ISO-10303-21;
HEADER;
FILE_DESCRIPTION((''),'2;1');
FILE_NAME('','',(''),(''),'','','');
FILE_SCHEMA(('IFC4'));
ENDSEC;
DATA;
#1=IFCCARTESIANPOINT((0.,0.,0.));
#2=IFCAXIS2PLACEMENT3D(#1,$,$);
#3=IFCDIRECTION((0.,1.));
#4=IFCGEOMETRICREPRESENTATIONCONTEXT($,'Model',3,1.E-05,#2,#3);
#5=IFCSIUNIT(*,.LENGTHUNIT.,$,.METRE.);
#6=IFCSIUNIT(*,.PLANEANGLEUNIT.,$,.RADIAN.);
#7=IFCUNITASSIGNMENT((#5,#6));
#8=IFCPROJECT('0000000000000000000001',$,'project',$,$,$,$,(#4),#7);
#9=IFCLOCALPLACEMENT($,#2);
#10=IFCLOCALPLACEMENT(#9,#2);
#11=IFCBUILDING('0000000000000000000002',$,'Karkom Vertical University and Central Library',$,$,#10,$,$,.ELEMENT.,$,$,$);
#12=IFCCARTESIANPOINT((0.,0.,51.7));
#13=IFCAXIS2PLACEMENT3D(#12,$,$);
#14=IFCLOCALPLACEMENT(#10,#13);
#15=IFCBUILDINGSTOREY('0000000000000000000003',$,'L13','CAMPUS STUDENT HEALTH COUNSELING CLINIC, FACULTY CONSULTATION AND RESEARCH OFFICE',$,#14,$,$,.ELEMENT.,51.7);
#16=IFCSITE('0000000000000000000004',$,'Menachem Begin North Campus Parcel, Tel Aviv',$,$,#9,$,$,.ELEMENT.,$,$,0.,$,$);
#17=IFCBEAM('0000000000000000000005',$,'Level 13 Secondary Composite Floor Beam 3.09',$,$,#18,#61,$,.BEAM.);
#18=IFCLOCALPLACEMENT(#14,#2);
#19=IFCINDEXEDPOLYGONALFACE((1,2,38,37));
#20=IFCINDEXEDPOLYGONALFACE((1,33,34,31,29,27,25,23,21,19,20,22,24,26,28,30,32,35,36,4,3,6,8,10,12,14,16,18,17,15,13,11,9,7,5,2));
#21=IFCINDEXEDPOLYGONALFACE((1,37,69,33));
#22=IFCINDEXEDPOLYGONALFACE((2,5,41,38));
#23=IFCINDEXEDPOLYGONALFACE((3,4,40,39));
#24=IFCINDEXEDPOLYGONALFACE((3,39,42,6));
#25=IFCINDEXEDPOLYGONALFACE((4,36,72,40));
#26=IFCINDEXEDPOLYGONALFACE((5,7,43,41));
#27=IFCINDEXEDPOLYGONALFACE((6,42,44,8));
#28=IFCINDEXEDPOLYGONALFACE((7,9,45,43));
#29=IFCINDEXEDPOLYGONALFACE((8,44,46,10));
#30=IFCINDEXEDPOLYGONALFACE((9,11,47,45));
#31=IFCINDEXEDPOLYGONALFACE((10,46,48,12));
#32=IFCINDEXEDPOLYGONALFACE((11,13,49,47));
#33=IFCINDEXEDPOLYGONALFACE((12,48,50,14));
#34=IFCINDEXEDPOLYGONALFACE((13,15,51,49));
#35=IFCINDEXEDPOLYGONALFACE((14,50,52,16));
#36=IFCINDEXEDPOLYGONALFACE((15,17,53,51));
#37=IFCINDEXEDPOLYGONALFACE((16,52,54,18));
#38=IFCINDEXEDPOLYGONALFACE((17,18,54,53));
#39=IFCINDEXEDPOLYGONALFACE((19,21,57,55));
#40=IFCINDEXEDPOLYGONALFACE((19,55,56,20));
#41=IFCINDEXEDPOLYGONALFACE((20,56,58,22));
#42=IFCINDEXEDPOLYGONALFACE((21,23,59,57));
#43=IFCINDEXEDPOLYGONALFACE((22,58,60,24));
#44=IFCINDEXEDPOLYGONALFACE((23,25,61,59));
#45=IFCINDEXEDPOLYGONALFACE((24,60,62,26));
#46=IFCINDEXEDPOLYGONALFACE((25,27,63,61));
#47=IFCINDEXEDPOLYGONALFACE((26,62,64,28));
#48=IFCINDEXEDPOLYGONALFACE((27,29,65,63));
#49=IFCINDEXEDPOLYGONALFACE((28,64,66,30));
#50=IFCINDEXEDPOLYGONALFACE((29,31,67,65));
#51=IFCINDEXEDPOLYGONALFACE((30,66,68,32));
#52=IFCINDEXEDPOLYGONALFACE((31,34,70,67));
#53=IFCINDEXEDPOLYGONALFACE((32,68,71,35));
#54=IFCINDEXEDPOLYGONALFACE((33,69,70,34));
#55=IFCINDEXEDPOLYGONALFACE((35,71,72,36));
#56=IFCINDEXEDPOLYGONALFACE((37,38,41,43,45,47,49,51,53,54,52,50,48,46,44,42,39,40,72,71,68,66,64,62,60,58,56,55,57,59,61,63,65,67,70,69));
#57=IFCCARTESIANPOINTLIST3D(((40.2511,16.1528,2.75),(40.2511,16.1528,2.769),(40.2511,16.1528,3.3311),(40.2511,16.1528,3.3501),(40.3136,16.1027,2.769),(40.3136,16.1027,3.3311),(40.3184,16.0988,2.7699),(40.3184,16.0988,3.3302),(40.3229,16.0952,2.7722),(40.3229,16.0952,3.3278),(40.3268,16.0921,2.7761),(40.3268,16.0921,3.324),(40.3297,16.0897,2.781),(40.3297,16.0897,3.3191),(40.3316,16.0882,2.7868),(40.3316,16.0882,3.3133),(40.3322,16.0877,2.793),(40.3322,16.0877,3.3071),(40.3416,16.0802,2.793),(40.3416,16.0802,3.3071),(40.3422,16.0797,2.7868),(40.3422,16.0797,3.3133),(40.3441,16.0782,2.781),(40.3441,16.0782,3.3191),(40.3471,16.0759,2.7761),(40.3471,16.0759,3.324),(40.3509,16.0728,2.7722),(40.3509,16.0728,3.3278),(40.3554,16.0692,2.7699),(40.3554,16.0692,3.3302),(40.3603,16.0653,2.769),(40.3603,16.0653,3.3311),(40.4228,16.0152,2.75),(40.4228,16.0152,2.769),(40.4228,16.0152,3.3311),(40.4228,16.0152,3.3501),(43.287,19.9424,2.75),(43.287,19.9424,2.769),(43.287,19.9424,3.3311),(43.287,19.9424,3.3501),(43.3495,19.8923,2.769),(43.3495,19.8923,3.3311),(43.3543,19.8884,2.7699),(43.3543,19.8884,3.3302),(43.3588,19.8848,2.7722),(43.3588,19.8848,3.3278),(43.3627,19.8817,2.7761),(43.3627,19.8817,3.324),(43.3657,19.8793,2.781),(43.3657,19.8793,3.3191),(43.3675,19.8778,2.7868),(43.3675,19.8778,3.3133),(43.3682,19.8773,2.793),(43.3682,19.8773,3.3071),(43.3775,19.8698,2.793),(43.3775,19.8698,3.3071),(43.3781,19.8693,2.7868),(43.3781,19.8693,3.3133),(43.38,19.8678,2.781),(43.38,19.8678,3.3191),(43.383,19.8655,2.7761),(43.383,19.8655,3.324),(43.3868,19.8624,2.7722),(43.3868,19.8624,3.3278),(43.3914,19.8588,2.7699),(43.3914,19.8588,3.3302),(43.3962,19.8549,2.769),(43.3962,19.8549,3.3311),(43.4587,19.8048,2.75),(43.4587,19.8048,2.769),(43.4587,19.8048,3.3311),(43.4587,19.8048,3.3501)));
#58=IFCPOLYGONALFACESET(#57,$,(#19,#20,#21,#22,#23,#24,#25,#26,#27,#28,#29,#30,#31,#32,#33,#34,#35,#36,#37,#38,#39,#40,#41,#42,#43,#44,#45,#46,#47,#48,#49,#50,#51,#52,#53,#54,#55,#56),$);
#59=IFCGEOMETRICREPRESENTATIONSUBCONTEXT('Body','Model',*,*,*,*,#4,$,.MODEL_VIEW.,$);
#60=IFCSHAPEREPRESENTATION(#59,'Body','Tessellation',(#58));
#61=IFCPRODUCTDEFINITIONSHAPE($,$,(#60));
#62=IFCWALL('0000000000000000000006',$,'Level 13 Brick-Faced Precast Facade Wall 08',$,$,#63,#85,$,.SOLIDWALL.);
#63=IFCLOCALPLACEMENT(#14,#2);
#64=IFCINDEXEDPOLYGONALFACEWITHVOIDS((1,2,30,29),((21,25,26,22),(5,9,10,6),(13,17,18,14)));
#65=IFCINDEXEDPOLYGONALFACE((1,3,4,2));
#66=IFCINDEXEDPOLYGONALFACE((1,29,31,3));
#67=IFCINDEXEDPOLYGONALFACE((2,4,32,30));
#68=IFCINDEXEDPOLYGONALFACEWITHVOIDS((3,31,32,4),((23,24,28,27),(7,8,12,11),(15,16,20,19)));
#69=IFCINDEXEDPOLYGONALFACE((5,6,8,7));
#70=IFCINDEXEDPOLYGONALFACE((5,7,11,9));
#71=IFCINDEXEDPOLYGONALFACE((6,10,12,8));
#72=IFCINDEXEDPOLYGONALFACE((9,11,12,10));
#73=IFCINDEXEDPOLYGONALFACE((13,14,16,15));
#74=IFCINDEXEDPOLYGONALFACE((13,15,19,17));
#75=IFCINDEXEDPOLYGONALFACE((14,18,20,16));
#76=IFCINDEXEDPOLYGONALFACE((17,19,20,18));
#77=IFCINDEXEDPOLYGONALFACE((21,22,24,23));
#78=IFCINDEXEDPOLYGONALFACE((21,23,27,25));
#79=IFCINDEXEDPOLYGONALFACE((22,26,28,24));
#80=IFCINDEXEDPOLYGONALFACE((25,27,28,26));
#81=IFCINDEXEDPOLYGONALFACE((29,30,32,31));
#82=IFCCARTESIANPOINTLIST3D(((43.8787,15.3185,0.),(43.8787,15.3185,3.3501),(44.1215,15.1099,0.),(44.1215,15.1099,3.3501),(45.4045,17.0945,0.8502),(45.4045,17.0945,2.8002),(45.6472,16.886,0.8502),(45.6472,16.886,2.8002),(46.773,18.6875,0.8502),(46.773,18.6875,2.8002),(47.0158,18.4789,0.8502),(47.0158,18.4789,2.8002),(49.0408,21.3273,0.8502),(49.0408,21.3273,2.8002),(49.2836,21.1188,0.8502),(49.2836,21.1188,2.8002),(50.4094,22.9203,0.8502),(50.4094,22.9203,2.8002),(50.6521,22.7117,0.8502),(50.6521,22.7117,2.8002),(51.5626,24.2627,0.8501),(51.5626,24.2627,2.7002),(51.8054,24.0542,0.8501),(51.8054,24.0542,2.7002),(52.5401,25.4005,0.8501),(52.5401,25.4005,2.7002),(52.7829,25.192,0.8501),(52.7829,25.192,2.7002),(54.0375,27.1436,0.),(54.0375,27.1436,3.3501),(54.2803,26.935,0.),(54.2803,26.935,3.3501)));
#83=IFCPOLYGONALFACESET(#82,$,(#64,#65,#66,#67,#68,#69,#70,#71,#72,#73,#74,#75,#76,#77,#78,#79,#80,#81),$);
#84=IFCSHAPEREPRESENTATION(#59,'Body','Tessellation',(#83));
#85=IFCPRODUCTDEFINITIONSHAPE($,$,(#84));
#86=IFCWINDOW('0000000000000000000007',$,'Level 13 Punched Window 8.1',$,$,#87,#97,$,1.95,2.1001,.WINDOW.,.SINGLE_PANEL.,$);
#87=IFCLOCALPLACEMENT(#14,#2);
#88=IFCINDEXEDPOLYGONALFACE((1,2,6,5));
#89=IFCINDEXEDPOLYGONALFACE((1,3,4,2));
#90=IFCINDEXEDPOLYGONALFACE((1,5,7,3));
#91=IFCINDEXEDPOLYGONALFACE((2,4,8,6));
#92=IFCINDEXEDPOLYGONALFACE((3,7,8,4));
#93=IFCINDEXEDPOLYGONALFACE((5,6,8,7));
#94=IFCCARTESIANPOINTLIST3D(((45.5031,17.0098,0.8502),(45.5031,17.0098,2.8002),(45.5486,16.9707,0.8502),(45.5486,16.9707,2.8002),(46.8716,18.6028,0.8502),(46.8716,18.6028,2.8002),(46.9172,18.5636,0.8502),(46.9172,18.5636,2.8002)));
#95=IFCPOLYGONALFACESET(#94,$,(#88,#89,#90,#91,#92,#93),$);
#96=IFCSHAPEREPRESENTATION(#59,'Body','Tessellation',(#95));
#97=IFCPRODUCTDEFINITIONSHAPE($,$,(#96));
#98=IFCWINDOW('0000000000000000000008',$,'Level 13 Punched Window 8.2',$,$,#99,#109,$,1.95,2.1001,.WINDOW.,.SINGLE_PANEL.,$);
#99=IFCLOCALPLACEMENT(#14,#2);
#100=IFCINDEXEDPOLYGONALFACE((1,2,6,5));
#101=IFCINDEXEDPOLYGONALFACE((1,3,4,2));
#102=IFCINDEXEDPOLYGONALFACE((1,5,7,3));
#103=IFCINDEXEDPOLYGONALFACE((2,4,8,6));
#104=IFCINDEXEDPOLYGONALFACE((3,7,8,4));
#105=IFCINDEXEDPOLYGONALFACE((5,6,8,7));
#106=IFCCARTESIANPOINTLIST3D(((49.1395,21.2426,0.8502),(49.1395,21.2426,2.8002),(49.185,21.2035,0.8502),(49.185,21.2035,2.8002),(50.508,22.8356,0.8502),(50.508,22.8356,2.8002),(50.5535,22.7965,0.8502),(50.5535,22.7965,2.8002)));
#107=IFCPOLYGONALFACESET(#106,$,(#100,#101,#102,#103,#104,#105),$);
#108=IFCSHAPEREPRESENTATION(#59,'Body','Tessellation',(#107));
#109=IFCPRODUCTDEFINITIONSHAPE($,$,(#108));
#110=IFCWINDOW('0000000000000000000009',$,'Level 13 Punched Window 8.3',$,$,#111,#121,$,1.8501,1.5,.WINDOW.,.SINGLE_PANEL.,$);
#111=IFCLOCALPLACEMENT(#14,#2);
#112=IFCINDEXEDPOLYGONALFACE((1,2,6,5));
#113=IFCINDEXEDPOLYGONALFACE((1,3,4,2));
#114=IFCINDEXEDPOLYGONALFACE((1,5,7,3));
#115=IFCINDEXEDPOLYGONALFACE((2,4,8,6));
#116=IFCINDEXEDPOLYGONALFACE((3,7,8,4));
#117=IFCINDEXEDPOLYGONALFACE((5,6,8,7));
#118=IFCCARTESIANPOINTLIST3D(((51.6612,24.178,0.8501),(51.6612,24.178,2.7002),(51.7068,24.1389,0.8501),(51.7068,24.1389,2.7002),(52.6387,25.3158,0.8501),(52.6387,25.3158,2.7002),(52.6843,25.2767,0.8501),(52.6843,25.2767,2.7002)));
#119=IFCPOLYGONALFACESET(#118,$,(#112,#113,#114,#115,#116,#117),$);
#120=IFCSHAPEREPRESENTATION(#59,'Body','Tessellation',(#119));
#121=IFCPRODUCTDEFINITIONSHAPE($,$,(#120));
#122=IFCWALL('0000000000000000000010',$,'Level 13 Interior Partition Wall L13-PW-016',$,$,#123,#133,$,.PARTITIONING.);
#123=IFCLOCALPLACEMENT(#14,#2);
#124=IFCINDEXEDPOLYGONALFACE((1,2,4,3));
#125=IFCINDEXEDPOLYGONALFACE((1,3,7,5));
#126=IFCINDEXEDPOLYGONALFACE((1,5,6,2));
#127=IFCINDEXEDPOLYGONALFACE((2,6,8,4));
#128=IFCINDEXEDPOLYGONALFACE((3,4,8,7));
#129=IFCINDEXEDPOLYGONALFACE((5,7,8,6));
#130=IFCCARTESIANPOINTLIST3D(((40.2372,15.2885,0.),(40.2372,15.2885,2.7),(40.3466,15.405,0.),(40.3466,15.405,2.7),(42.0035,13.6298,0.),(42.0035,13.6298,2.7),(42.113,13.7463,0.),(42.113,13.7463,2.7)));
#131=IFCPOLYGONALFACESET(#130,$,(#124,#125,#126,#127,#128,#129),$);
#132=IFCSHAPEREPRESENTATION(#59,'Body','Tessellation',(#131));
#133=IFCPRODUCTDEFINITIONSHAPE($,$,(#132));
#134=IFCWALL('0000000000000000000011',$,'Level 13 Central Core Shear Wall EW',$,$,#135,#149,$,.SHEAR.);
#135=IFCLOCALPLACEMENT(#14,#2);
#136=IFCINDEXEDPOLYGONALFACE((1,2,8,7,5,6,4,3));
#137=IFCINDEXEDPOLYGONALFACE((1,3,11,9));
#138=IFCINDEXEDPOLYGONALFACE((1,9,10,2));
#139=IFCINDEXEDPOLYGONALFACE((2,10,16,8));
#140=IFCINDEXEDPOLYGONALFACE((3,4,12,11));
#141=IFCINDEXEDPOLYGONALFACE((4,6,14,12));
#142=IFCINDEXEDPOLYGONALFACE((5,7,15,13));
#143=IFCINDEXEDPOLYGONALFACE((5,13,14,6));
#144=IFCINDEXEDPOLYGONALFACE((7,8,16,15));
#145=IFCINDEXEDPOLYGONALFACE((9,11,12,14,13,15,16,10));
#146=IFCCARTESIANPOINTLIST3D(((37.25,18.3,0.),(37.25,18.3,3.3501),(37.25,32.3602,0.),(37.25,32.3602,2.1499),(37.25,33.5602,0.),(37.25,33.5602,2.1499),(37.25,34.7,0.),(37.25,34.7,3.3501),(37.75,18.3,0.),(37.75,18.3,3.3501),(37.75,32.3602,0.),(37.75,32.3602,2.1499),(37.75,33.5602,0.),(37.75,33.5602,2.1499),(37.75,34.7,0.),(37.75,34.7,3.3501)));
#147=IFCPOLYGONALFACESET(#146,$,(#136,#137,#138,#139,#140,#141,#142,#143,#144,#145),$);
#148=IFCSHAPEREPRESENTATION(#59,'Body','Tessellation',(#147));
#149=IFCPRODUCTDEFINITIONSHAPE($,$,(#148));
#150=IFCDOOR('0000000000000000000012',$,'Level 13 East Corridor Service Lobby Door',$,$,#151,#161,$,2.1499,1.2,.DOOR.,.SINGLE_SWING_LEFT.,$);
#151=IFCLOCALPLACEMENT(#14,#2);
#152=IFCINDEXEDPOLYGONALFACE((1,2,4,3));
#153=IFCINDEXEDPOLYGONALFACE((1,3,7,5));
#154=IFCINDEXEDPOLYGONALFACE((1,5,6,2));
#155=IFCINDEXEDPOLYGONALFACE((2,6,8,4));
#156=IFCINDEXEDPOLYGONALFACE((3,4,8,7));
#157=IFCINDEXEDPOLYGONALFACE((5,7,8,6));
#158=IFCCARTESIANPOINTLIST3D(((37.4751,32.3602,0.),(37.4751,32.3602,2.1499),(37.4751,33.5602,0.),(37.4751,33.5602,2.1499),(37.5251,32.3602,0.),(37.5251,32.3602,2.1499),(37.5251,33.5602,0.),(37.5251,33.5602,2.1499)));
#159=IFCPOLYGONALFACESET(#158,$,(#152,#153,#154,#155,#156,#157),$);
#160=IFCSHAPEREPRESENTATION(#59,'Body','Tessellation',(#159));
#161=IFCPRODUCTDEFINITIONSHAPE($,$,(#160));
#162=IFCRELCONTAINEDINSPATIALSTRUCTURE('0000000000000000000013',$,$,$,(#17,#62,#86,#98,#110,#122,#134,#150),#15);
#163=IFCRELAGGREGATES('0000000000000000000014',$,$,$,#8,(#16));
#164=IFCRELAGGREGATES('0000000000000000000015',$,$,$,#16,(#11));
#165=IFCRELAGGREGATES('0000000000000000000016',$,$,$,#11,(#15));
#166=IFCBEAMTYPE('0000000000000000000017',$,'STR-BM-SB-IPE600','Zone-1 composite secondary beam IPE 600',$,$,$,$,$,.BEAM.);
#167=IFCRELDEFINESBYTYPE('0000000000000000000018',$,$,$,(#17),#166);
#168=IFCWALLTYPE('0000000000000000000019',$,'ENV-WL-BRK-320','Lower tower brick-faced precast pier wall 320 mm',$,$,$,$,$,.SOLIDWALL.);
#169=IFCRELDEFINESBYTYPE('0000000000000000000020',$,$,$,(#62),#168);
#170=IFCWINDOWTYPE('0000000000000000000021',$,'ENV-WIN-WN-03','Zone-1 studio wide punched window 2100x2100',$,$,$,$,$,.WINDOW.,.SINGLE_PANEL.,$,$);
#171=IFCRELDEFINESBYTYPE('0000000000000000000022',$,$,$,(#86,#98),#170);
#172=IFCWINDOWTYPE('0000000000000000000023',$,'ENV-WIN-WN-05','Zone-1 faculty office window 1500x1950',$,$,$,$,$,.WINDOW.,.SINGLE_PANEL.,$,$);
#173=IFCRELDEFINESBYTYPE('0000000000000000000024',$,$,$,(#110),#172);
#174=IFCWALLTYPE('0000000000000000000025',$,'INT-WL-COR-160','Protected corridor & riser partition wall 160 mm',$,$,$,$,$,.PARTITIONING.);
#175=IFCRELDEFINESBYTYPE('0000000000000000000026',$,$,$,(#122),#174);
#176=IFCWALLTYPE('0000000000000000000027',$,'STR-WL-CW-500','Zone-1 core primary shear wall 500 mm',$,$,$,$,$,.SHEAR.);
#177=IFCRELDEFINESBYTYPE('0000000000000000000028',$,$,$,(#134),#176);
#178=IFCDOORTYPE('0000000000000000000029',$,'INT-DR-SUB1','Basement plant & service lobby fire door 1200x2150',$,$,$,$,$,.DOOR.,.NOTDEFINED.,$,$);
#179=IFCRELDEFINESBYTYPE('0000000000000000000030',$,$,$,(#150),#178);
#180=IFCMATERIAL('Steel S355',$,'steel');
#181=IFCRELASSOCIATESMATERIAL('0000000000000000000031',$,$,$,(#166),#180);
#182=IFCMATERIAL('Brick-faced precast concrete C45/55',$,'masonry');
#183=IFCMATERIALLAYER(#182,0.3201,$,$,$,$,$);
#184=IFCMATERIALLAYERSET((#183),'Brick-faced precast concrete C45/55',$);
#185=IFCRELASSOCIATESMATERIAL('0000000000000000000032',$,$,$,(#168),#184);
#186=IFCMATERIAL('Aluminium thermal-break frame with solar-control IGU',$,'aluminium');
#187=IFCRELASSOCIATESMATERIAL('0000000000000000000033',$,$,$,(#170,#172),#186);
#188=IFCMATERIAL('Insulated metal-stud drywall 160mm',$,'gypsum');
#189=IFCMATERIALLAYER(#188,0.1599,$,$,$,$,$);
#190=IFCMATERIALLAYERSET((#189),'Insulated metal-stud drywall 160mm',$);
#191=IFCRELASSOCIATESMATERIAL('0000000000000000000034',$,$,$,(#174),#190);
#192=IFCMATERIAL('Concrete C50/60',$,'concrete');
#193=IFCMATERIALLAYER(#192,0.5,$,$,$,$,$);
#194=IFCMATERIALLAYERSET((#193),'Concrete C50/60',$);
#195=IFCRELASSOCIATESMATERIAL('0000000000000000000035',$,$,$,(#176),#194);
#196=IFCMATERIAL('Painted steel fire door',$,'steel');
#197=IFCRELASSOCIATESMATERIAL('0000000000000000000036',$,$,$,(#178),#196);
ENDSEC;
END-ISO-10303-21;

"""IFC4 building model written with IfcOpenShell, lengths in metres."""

from ifc_helpers import new_model, si_unit, direction, frame, frame_2d, origin, origin_with_axes, origin_2d, place, context, subcontext, project, spatial, rectangle, i_section, extrude, source, transform, mapped, material, layer, layer_set, material_profile, profile_set, type_object, element, fill, save


model = new_model("IFC4")

# Units and contexts
model_context = context("Model", 3, precision=1e-05, world=origin(), true_north=direction((0.0, 1.0)))
body_context = subcontext(model_context, "Body", "Model", "MODEL_VIEW")
ifc_project = project(units=[si_unit("LENGTHUNIT", "METRE"), si_unit("PLANEANGLEUNIT", "RADIAN")], contexts=[model_context])

# Site, building, storey
site_placement = place(None, origin())
site = spatial("IfcSite", under=ifc_project, at=site_placement, Name="Menachem Begin North Campus Parcel, Tel Aviv", CompositionType="ELEMENT", RefElevation=0.0)
building_placement = place(site_placement, origin())
building = spatial("IfcBuilding", under=site, at=building_placement, Name="Karkom Vertical University and Central Library", CompositionType="ELEMENT")
storey_placement = place(building_placement, frame((0.0, 0.0, 51.7)))
storey = spatial("IfcBuildingStorey", under=building, at=storey_placement, Name="L13", Description="CAMPUS STUDENT HEALTH COUNSELING CLINIC, FACULTY CONSULTATION AND RESEARCH OFFICE", CompositionType="ELEMENT", Elevation=51.7)

# Shared definitions
ifc_material_1 = material(Name="Concrete C50/60", Category="concrete")

# Beam
ifc_material_2 = material(Name="Steel S355", Category="steel")
ifc_material_profile_1 = material_profile(ifc_material_2, i_section(OverallWidth=0.22, OverallDepth=0.6001, WebThickness=0.012, FlangeThickness=0.019, FilletRadius=0.0239, at=origin_2d()), Name="IPE 600")
ifc_profile_set_1 = profile_set([ifc_material_profile_1], Name="Steel S355")
beam_type_1 = type_object("IfcBeamType", Name="STR-BM-SB-IPE600", Description="Zone-1 composite secondary beam IPE 600", PredefinedType="BEAM", material=ifc_profile_set_1)
shared_shape_1 = source(origin_with_axes(), body_context, "Body", "SweptSolid", [
    extrude(i_section(OverallWidth=0.22, OverallDepth=0.6001, WebThickness=0.012, FlangeThickness=0.019, FilletRadius=0.0239, at=origin_2d()), origin(), (0.0, 0.0, 1.0), 4.8557),
])
beam_1_placement = place(storey_placement, frame((40.3369, 16.084, 3.05), z_axis=(0.625228, 0.780442, 0.0), x_axis=(-0.780442, 0.625228, 0.0)))
element("IfcBeam", 1, at=beam_1_placement, inside=storey, type_object=beam_type_1, Name="Level 13 Secondary Composite Floor Beam 3.09", PredefinedType="BEAM", context=body_context, shape_type="MappedRepresentation", body=[
    mapped(shared_shape_1, transform((0.0, 0.0, 0.0), scale=1.0)),
])

# Wall, openings, windows
ifc_material_3 = material(Name="Brick-faced precast concrete C45/55", Category="masonry")
ifc_layer_1 = layer(ifc_material_3, 0.3201)
ifc_layer_set_1 = layer_set([ifc_layer_1], Name="Brick-faced precast concrete C45/55")
wall_type_1 = type_object("IfcWallType", Name="ENV-WL-BRK-320", Description="Lower tower brick-faced precast pier wall 320 mm", PredefinedType="SOLIDWALL", material=ifc_layer_set_1)
wall_1_placement = place(storey_placement, frame((44.0, 15.2141, 0.0), z_axis=(0.0, 0.0, 1.0), x_axis=(0.651643, 0.758525, 0.0)))
wall_1 = element("IfcWall", 2, at=wall_1_placement, inside=storey, type_object=wall_type_1, Name="Level 13 Brick-Faced Precast Facade Wall 08", PredefinedType="SOLIDWALL", context=body_context, shape_type="SweptSolid", body=[
    extrude(rectangle(XDim=15.5896, YDim=0.3201, at=frame_2d((7.7949, 0.0))), origin(), (0.0, 0.0, 1.0), 3.3501),
])
opening_1_placement = place(wall_1_placement, frame((2.3416, 0.0, 0.8501)))
opening_1 = element("IfcOpeningElement", 3, at=opening_1_placement, cuts=wall_1, PredefinedType="OPENING", context=body_context, shape_type="SweptSolid", body=[
    extrude(rectangle(XDim=2.1001, YDim=1.95, at=frame_2d((1.05, 0.9751))), frame((0.0, 0.1699, 0.0), z_axis=(0.0, -1.0, 0.0), x_axis=(1.0, 0.0, 0.0)), (0.0, 0.0, 1.0), 0.3401),
])
opening_2_placement = place(wall_1_placement, frame((7.9219, 0.0, 0.8501)))
opening_2 = element("IfcOpeningElement", 4, at=opening_2_placement, cuts=wall_1, PredefinedType="OPENING", context=body_context, shape_type="SweptSolid", body=[
    extrude(rectangle(XDim=2.1001, YDim=1.95, at=frame_2d((1.05, 0.9751))), frame((0.0, 0.1699, 0.0), z_axis=(0.0, -1.0, 0.0), x_axis=(1.0, 0.0, 0.0)), (0.0, 0.0, 1.0), 0.3401),
])
opening_3_placement = place(wall_1_placement, frame((11.7917, 0.0, 0.8501)))
opening_3 = element("IfcOpeningElement", 5, at=opening_3_placement, cuts=wall_1, PredefinedType="OPENING", context=body_context, shape_type="SweptSolid", body=[
    extrude(rectangle(XDim=1.5, YDim=1.8501, at=frame_2d((0.75, 0.925))), frame((0.0, 0.1699, 0.0), z_axis=(0.0, -1.0, 0.0), x_axis=(1.0, 0.0, 0.0)), (0.0, 0.0, 1.0), 0.3401),
])
ifc_material_4 = material(Name="Aluminium thermal-break frame with solar-control IGU", Category="aluminium")
window_type_1 = type_object("IfcWindowType", Name="ENV-WIN-WN-03", Description="Zone-1 studio wide punched window 2100x2100", PartitioningType="SINGLE_PANEL", PredefinedType="WINDOW", material=ifc_material_4)
shared_shape_2 = source(origin_with_axes(), body_context, "Body", "SweptSolid", [
    extrude(rectangle(XDim=2.1001, YDim=1.95, at=frame_2d((1.05, 0.9751))), frame((0.0, 0.03, 0.0), z_axis=(0.0, -1.0, 0.0), x_axis=(1.0, 0.0, 0.0)), (0.0, 0.0, 1.0), 0.0601),
])
window_1_placement = place(opening_1_placement, origin())
window_1 = element("IfcWindow", 6, at=window_1_placement, inside=storey, type_object=window_type_1, Name="Level 13 Punched Window 8.1", OverallHeight=1.95, OverallWidth=2.1001, PartitioningType="SINGLE_PANEL", PredefinedType="WINDOW", context=body_context, shape_type="MappedRepresentation", body=[
    mapped(shared_shape_2, transform((0.0, 0.0, 0.0), scale=1.0)),
])
fill(opening_1, window_1)
window_2_placement = place(opening_2_placement, origin())
window_2 = element("IfcWindow", 7, at=window_2_placement, inside=storey, type_object=window_type_1, Name="Level 13 Punched Window 8.2", OverallHeight=1.95, OverallWidth=2.1001, PartitioningType="SINGLE_PANEL", PredefinedType="WINDOW", context=body_context, shape_type="MappedRepresentation", body=[
    mapped(shared_shape_2, transform((0.0, 0.0, 0.0), scale=1.0)),
])
fill(opening_2, window_2)
window_type_2 = type_object("IfcWindowType", Name="ENV-WIN-WN-05", Description="Zone-1 faculty office window 1500x1950", PartitioningType="SINGLE_PANEL", PredefinedType="WINDOW", material=ifc_material_4)
shared_shape_3 = source(origin_with_axes(), body_context, "Body", "SweptSolid", [
    extrude(rectangle(XDim=1.5, YDim=1.8501, at=frame_2d((0.75, 0.925))), frame((0.0, 0.03, 0.0), z_axis=(0.0, -1.0, 0.0), x_axis=(1.0, 0.0, 0.0)), (0.0, 0.0, 1.0), 0.0601),
])
window_3_placement = place(opening_3_placement, origin())
window_3 = element("IfcWindow", 8, at=window_3_placement, inside=storey, type_object=window_type_2, Name="Level 13 Punched Window 8.3", OverallHeight=1.8501, OverallWidth=1.5, PartitioningType="SINGLE_PANEL", PredefinedType="WINDOW", context=body_context, shape_type="MappedRepresentation", body=[
    mapped(shared_shape_3, transform((0.0, 0.0, 0.0), scale=1.0)),
])
fill(opening_3, window_3)

# Shared definitions
ifc_material_5 = material(Name="Insulated metal-stud drywall 160mm", Category="gypsum")
ifc_layer_2 = layer(ifc_material_5, 0.1599)
ifc_layer_set_2 = layer_set([ifc_layer_2], Name="Insulated metal-stud drywall 160mm")
wall_type_2 = type_object("IfcWallType", Name="INT-WL-COR-160", Description="Protected corridor & riser partition wall 160 mm", PredefinedType="PARTITIONING", material=ifc_layer_set_2)

# Wall
wall_2_placement = place(storey_placement, frame((40.292, 15.3467, 0.0), z_axis=(0.0, 0.0, 1.0), x_axis=(0.728975, -0.684541, 0.0)))
element("IfcWall", 9, at=wall_2_placement, inside=storey, type_object=wall_type_2, Name="Level 13 Interior Partition Wall L13-PW-016", PredefinedType="PARTITIONING", context=body_context, shape_type="SweptSolid", body=[
    extrude(rectangle(XDim=2.4231, YDim=0.1599, at=frame_2d((1.2114, 0.0))), origin(), (0.0, 0.0, 1.0), 2.7),
])

# Wall, opening, door
ifc_layer_3 = layer(ifc_material_1, 0.5)
ifc_layer_set_3 = layer_set([ifc_layer_3], Name="Concrete C50/60")
wall_type_3 = type_object("IfcWallType", Name="STR-WL-CW-500", Description="Zone-1 core primary shear wall 500 mm", PredefinedType="SHEAR", material=ifc_layer_set_3)
wall_3_placement = place(storey_placement, frame((37.5, 18.3, 0.0), z_axis=(0.0, 0.0, 1.0), x_axis=(0.0, 1.0, 0.0)))
wall_3 = element("IfcWall", 10, at=wall_3_placement, inside=storey, type_object=wall_type_3, Name="Level 13 Central Core Shear Wall EW", PredefinedType="SHEAR", context=body_context, shape_type="SweptSolid", body=[
    extrude(rectangle(XDim=16.3999, YDim=0.5, at=frame_2d((8.2, 0.0))), origin(), (0.0, 0.0, 1.0), 3.3501),
])
opening_4_placement = place(wall_3_placement, frame((14.0601, 0.0, 0.0)))
opening_4 = element("IfcOpeningElement", 11, at=opening_4_placement, cuts=wall_3, PredefinedType="OPENING", context=body_context, shape_type="SweptSolid", body=[
    extrude(rectangle(XDim=1.2, YDim=2.1499, at=frame_2d((0.6001, 1.075))), frame((0.0, 0.26, 0.0), z_axis=(0.0, -1.0, 0.0), x_axis=(1.0, 0.0, 0.0)), (0.0, 0.0, 1.0), 0.52),
])
ifc_material_6 = material(Name="Painted steel fire door", Category="steel")
door_type_1 = type_object("IfcDoorType", Name="INT-DR-SUB1", Description="Basement plant & service lobby fire door 1200x2150", OperationType="NOTDEFINED", PredefinedType="DOOR", material=ifc_material_6)
shared_shape_4 = source(origin_with_axes(), body_context, "Body", "SweptSolid", [
    extrude(rectangle(XDim=1.2, YDim=2.1499, at=frame_2d((0.6001, 1.075))), frame((0.0, 0.0249, 0.0), z_axis=(0.0, -1.0, 0.0), x_axis=(1.0, 0.0, 0.0)), (0.0, 0.0, 1.0), 0.05),
])
door_1_placement = place(opening_4_placement, origin())
door_1 = element("IfcDoor", 12, at=door_1_placement, inside=storey, type_object=door_type_1, Name="Level 13 East Corridor Service Lobby Door", OperationType="SINGLE_SWING_LEFT", OverallHeight=2.1499, OverallWidth=1.2, PredefinedType="DOOR", context=body_context, shape_type="MappedRepresentation", body=[
    mapped(shared_shape_4, transform((0.0, 0.0, 0.0), scale=1.0)),
])
fill(opening_4, door_1)

save(model, "model.ifc")
